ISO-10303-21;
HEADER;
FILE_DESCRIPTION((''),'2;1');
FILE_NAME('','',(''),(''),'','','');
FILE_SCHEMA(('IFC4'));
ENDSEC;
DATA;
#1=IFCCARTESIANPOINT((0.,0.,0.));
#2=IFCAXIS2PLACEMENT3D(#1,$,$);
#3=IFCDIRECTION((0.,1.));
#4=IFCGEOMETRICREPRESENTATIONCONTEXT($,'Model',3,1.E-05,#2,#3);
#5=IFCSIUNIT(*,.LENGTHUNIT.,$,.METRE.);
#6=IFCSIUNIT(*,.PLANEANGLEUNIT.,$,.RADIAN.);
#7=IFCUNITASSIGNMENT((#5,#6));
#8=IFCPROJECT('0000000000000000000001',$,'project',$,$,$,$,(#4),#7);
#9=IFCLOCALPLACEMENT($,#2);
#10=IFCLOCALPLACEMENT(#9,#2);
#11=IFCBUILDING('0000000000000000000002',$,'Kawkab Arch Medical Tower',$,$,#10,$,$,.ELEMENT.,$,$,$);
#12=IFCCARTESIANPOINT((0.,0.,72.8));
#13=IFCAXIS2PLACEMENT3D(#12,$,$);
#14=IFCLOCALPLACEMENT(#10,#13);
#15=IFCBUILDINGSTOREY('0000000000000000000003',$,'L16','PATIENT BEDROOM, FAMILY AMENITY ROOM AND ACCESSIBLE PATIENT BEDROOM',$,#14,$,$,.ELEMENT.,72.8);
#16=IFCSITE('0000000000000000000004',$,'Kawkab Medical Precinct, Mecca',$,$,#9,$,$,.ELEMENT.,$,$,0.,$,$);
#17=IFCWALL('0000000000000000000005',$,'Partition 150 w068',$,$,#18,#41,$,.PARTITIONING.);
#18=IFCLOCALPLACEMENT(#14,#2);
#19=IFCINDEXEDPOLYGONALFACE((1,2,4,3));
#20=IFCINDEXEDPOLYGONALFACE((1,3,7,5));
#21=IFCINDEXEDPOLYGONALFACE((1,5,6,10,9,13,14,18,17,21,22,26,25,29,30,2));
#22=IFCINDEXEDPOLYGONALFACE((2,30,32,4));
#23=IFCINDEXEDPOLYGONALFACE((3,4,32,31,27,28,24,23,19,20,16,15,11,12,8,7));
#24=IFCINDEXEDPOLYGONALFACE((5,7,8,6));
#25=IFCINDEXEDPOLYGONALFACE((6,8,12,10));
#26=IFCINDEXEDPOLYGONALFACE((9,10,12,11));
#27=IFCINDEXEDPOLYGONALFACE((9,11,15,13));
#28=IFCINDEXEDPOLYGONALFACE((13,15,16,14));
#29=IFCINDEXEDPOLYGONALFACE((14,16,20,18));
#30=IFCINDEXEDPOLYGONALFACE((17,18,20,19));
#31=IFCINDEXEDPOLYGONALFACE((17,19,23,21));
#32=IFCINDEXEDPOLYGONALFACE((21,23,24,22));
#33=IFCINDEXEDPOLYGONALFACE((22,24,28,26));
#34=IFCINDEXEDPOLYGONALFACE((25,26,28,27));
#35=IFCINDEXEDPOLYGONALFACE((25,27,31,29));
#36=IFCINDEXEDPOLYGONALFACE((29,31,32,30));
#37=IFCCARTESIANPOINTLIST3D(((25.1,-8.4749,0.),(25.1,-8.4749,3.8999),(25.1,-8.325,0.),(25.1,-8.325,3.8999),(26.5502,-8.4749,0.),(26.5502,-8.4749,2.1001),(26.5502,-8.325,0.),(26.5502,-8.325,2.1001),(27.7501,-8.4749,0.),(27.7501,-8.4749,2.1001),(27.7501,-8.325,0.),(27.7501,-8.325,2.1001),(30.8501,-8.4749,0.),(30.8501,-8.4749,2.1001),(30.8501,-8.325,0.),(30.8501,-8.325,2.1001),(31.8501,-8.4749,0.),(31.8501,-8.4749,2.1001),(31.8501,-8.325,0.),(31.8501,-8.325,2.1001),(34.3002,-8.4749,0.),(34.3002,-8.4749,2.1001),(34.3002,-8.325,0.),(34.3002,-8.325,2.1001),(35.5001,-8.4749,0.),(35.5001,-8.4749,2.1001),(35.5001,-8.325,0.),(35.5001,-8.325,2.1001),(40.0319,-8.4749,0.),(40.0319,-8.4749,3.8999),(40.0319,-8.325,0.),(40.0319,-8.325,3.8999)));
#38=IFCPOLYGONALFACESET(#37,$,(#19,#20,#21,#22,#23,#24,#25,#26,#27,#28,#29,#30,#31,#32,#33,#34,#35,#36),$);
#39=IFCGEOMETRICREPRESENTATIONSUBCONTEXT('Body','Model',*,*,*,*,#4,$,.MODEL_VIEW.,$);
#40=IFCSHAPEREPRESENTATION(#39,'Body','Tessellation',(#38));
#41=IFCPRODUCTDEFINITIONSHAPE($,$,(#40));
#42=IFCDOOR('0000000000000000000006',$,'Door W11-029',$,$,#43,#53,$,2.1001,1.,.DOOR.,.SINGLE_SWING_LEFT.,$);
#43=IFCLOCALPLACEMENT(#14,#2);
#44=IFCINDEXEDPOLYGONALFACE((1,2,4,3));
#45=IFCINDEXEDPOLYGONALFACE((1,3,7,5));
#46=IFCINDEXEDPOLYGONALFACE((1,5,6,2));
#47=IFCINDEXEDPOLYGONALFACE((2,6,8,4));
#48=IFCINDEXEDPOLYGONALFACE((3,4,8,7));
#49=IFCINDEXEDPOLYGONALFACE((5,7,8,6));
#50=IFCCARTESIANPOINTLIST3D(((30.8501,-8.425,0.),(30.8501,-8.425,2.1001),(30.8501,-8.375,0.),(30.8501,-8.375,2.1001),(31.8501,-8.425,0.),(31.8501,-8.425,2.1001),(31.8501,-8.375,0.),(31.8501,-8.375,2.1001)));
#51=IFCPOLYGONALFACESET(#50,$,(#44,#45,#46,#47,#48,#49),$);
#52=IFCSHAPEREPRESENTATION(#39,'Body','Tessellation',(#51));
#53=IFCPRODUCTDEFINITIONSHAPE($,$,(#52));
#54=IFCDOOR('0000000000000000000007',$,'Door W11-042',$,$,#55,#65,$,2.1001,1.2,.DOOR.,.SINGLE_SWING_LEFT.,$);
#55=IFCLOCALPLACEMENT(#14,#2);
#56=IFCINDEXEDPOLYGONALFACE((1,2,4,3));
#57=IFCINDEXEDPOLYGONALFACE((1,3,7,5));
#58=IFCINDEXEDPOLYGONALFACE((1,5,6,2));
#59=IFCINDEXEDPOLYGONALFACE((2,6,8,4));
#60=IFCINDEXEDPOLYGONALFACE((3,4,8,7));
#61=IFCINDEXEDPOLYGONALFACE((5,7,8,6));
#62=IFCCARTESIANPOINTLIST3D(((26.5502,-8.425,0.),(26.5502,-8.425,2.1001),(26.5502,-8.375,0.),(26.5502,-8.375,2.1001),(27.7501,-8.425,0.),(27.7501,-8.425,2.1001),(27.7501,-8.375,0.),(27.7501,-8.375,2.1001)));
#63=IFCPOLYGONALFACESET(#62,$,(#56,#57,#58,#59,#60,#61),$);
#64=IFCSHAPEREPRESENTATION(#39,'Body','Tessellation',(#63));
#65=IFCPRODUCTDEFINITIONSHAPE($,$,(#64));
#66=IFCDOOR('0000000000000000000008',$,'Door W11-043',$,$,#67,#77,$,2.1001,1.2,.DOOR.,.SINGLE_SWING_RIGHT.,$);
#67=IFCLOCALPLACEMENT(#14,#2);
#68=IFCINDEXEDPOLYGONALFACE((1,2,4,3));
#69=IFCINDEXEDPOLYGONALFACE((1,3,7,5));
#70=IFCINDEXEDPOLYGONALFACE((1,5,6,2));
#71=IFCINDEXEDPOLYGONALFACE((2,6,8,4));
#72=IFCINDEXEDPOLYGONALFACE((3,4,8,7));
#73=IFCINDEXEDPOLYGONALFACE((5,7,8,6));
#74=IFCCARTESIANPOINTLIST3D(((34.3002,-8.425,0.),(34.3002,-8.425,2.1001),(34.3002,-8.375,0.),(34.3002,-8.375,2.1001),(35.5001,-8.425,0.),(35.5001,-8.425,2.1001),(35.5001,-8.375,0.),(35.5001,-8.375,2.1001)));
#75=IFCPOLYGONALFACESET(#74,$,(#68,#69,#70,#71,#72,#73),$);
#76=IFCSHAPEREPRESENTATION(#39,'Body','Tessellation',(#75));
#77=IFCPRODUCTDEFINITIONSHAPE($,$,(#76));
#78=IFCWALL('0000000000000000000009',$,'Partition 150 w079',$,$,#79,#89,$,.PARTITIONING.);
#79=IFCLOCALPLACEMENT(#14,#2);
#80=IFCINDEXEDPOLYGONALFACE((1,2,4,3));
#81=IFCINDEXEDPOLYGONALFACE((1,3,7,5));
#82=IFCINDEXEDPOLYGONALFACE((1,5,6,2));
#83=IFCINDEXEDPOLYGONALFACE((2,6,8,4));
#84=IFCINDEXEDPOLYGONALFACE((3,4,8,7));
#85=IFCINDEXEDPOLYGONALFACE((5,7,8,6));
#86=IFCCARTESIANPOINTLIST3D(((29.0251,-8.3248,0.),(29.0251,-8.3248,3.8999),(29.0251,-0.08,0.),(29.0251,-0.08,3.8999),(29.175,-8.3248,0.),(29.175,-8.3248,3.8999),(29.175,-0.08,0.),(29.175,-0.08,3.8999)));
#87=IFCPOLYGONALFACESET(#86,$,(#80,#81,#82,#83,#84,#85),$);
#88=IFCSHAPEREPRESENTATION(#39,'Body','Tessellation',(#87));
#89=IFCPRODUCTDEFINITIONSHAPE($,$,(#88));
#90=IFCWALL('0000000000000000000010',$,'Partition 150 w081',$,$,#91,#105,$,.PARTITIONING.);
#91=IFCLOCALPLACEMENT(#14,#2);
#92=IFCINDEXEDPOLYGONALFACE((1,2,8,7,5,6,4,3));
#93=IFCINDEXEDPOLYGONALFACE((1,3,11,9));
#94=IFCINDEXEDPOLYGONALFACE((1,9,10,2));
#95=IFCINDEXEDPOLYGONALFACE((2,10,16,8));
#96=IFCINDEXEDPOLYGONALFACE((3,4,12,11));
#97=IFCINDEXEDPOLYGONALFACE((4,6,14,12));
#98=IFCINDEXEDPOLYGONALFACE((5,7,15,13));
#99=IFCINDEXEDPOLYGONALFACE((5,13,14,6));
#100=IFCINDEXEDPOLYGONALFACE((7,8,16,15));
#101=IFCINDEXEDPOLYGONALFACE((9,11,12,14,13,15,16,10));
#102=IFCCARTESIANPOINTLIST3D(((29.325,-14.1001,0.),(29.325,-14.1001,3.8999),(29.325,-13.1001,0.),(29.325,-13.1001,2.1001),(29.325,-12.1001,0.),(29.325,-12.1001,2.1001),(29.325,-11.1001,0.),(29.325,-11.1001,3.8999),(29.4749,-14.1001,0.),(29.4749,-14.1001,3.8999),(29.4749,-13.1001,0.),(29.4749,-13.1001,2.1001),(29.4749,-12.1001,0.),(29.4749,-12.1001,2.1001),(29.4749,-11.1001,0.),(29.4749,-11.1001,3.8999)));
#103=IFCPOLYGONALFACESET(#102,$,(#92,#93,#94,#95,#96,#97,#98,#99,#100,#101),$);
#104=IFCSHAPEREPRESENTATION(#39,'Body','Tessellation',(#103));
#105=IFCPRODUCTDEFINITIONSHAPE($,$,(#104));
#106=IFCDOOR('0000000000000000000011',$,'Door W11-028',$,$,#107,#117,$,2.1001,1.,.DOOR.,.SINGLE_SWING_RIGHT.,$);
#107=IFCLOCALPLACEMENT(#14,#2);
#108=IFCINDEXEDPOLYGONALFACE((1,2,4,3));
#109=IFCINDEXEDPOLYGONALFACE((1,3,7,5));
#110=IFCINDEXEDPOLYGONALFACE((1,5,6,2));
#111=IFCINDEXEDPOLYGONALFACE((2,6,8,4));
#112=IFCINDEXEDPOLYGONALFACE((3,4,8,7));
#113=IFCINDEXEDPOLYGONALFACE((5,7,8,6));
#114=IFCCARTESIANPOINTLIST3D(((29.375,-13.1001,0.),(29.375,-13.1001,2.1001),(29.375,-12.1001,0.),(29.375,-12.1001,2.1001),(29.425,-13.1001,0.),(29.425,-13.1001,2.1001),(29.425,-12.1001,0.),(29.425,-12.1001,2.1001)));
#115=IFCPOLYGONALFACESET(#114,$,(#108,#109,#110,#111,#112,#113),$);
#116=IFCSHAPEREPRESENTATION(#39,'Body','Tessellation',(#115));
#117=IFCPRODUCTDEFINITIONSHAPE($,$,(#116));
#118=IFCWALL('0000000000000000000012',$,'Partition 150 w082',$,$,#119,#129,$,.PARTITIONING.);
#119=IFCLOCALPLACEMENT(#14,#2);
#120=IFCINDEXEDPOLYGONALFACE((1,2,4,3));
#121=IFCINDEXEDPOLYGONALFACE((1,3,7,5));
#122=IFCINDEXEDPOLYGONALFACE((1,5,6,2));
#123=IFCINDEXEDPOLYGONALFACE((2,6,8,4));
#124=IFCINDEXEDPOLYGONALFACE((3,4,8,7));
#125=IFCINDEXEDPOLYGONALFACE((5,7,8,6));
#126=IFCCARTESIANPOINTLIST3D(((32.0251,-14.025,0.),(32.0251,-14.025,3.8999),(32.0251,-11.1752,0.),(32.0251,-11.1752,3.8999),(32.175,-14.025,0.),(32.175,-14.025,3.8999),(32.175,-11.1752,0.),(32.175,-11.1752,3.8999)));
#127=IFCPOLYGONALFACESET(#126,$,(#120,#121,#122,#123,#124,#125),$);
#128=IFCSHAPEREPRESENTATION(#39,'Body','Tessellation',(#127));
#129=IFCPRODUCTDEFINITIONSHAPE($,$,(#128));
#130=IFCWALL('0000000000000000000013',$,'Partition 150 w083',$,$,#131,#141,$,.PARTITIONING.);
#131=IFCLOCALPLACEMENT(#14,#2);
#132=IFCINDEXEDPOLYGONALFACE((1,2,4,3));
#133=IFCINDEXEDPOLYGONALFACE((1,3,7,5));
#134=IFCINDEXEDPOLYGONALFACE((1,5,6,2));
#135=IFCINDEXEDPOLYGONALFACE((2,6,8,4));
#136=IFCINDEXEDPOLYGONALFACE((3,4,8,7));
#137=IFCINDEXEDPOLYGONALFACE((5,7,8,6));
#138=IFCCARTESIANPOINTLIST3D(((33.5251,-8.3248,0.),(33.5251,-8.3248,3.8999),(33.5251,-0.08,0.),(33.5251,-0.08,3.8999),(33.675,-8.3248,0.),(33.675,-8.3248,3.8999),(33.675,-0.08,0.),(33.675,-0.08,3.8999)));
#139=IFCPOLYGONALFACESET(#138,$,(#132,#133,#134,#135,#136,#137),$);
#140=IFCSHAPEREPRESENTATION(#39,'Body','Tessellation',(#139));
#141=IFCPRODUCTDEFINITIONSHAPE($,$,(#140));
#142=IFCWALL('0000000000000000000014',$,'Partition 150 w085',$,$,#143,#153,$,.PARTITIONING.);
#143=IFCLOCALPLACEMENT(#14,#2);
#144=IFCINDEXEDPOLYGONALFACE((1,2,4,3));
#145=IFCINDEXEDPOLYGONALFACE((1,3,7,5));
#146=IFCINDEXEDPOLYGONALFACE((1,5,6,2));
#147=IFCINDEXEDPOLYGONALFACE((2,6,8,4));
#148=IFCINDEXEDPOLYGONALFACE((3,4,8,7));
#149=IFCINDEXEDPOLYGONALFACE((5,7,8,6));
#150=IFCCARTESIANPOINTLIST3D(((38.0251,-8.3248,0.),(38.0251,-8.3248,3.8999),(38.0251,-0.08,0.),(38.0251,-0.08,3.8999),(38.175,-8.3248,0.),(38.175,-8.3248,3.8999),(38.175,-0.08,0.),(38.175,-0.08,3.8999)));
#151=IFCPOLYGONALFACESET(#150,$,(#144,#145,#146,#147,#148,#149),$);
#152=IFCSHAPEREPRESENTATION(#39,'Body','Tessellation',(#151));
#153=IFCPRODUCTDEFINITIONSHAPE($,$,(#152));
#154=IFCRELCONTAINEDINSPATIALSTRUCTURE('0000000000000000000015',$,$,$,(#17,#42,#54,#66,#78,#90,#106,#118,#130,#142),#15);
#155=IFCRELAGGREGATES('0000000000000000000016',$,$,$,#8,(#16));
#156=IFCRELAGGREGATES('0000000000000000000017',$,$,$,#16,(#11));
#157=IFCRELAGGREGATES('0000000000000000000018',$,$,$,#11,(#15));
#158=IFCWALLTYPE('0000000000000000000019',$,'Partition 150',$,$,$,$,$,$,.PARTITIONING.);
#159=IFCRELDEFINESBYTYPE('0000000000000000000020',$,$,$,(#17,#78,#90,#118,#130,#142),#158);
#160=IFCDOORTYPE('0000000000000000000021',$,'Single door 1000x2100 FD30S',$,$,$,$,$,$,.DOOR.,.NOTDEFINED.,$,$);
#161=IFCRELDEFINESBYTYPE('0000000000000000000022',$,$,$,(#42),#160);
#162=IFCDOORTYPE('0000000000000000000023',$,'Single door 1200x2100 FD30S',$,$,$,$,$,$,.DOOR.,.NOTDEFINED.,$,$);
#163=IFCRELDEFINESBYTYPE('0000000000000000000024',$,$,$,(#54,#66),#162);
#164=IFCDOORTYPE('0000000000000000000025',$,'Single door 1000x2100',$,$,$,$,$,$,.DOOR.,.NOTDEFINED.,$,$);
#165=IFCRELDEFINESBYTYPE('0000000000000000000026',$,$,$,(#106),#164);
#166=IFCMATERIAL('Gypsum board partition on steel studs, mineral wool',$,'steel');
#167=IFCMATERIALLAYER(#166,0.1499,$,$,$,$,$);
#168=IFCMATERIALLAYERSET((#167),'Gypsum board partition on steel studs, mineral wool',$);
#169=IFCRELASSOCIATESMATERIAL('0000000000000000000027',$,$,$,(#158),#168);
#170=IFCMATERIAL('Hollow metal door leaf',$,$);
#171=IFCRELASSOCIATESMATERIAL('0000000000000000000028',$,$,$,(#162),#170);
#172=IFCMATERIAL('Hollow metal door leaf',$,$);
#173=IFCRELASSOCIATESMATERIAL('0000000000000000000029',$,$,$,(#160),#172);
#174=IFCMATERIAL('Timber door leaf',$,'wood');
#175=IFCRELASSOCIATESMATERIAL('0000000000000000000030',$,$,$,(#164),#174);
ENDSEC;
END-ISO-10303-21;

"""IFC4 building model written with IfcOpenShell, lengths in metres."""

from ifc_helpers import new_model, si_unit, direction, frame, frame_2d, origin, place, context, subcontext, project, spatial, rectangle, extrude, material, layer, layer_set, type_object, element, fill, save


model = new_model("IFC4")

# Units and contexts
model_context = context("Model", 3, precision=1e-05, world=origin(), true_north=direction((0.0, 1.0)))
body_context = subcontext(model_context, "Body", "Model", "MODEL_VIEW")
ifc_project = project(units=[si_unit("LENGTHUNIT", "METRE"), si_unit("PLANEANGLEUNIT", "RADIAN")], contexts=[model_context])

# Site, building, storey
site_placement = place(None, origin())
site = spatial("IfcSite", under=ifc_project, at=site_placement, Name="Kawkab Medical Precinct, Mecca", CompositionType="ELEMENT", RefElevation=0.0)
building_placement = place(site_placement, origin())
building = spatial("IfcBuilding", under=site, at=building_placement, Name="Kawkab Arch Medical Tower", CompositionType="ELEMENT")
storey_placement = place(building_placement, frame((0.0, 0.0, 72.8)))
storey = spatial("IfcBuildingStorey", under=building, at=storey_placement, Name="L16", Description="PATIENT BEDROOM, FAMILY AMENITY ROOM AND ACCESSIBLE PATIENT BEDROOM", CompositionType="ELEMENT", Elevation=72.8)

# Shared definitions
ifc_material_1 = material(Name="Gypsum board partition on steel studs, mineral wool", Category="steel")
ifc_layer_1 = layer(ifc_material_1, 0.1499)
ifc_layer_set_1 = layer_set([ifc_layer_1], Name="Gypsum board partition on steel studs, mineral wool")
wall_type_1 = type_object("IfcWallType", Name="Partition 150", PredefinedType="PARTITIONING", material=ifc_layer_set_1)
ifc_material_2 = material(Name="Hollow metal door leaf")
door_type_1 = type_object("IfcDoorType", Name="Single door 1200x2100 FD30S", OperationType="NOTDEFINED", PredefinedType="DOOR", material=ifc_material_2)

# Wall, openings, doors
wall_1_placement = place(storey_placement, frame((25.1001, -8.3999, 0.0), z_axis=(0.0, 0.0, 1.0), x_axis=(1.0, 0.0, 0.0)))
wall_1 = element("IfcWall", 1, at=wall_1_placement, inside=storey, type_object=wall_type_1, Name="Partition 150 w068", PredefinedType="PARTITIONING", context=body_context, shape_type="SweptSolid", body=[
    extrude(rectangle(XDim=14.9319, YDim=0.1499, at=frame_2d((7.4658, 0.0))), origin(), (0.0, 0.0, 1.0), 3.8999),
])
opening_1_placement = place(wall_1_placement, frame((1.45, 0.0, 0.0)))
opening_1 = element("IfcOpeningElement", 2, at=opening_1_placement, cuts=wall_1, PredefinedType="OPENING", context=body_context, shape_type="SweptSolid", body=[
    extrude(rectangle(XDim=1.2, YDim=2.1001, at=frame_2d((0.6001, 1.05))), frame((0.0, 0.085, 0.0), z_axis=(0.0, -1.0, 0.0), x_axis=(1.0, 0.0, 0.0)), (0.0, 0.0, 1.0), 0.1699),
])
opening_2_placement = place(wall_1_placement, frame((5.75, 0.0, 0.0)))
opening_2 = element("IfcOpeningElement", 3, at=opening_2_placement, cuts=wall_1, PredefinedType="OPENING", context=body_context, shape_type="SweptSolid", body=[
    extrude(rectangle(XDim=1.0, YDim=2.1001, at=frame_2d((0.5, 1.05))), frame((0.0, 0.085, 0.0), z_axis=(0.0, -1.0, 0.0), x_axis=(1.0, 0.0, 0.0)), (0.0, 0.0, 1.0), 0.1699),
])
opening_3_placement = place(wall_1_placement, frame((9.2, 0.0, 0.0)))
opening_3 = element("IfcOpeningElement", 4, at=opening_3_placement, cuts=wall_1, PredefinedType="OPENING", context=body_context, shape_type="SweptSolid", body=[
    extrude(rectangle(XDim=1.2, YDim=2.1001, at=frame_2d((0.6001, 1.05))), frame((0.0, 0.085, 0.0), z_axis=(0.0, -1.0, 0.0), x_axis=(1.0, 0.0, 0.0)), (0.0, 0.0, 1.0), 0.1699),
])
ifc_material_3 = material(Name="Hollow metal door leaf")
door_type_2 = type_object("IfcDoorType", Name="Single door 1000x2100 FD30S", OperationType="NOTDEFINED", PredefinedType="DOOR", material=ifc_material_3)
door_1_placement = place(opening_2_placement, origin())
door_1 = element("IfcDoor", 5, at=door_1_placement, inside=storey, type_object=door_type_2, Name="Door W11-029", OperationType="SINGLE_SWING_LEFT", OverallHeight=2.1001, OverallWidth=1.0, PredefinedType="DOOR", context=body_context, shape_type="SweptSolid", body=[
    extrude(rectangle(XDim=1.0, YDim=2.1001, at=frame_2d((0.5, 1.05))), frame((0.0, 0.0249, 0.0), z_axis=(0.0, -1.0, 0.0), x_axis=(1.0, 0.0, 0.0)), (0.0, 0.0, 1.0), 0.05),
])
fill(opening_2, door_1)
door_2_placement = place(opening_1_placement, origin())
door_2 = element("IfcDoor", 6, at=door_2_placement, inside=storey, type_object=door_type_1, Name="Door W11-042", OperationType="SINGLE_SWING_LEFT", OverallHeight=2.1001, OverallWidth=1.2, PredefinedType="DOOR", context=body_context, shape_type="SweptSolid", body=[
    extrude(rectangle(XDim=1.2, YDim=2.1001, at=frame_2d((0.6001, 1.05))), frame((0.0, 0.0249, 0.0), z_axis=(0.0, -1.0, 0.0), x_axis=(1.0, 0.0, 0.0)), (0.0, 0.0, 1.0), 0.05),
])
fill(opening_1, door_2)
door_3_placement = place(opening_3_placement, origin())
door_3 = element("IfcDoor", 7, at=door_3_placement, inside=storey, type_object=door_type_1, Name="Door W11-043", OperationType="SINGLE_SWING_RIGHT", OverallHeight=2.1001, OverallWidth=1.2, PredefinedType="DOOR", context=body_context, shape_type="SweptSolid", body=[
    extrude(rectangle(XDim=1.2, YDim=2.1001, at=frame_2d((0.6001, 1.05))), frame((0.0, 0.0249, 0.0), z_axis=(0.0, -1.0, 0.0), x_axis=(1.0, 0.0, 0.0)), (0.0, 0.0, 1.0), 0.05),
])
fill(opening_3, door_3)

# Wall
wall_2_placement = place(storey_placement, frame((29.1001, -8.325, 0.0), z_axis=(0.0, 0.0, 1.0), x_axis=(0.0, 1.0, 0.0)))
element("IfcWall", 8, at=wall_2_placement, inside=storey, type_object=wall_type_1, Name="Partition 150 w079", PredefinedType="PARTITIONING", context=body_context, shape_type="SweptSolid", body=[
    extrude(rectangle(XDim=8.2449, YDim=0.1499, at=frame_2d((4.1226, 0.0))), origin(), (0.0, 0.0, 1.0), 3.8999),
])

# Wall, opening, door
wall_3_placement = place(storey_placement, frame((29.3999, -14.1001, 0.0), z_axis=(0.0, 0.0, 1.0), x_axis=(0.0, 1.0, 0.0)))
wall_3 = element("IfcWall", 9, at=wall_3_placement, inside=storey, type_object=wall_type_1, Name="Partition 150 w081", PredefinedType="PARTITIONING", context=body_context, shape_type="SweptSolid", body=[
    extrude(rectangle(XDim=3.0, YDim=0.1499, at=frame_2d((1.5, 0.0))), origin(), (0.0, 0.0, 1.0), 3.8999),
])
opening_4_placement = place(wall_3_placement, frame((1.0, 0.0, 0.0)))
opening_4 = element("IfcOpeningElement", 10, at=opening_4_placement, cuts=wall_3, PredefinedType="OPENING", context=body_context, shape_type="SweptSolid", body=[
    extrude(rectangle(XDim=1.0, YDim=2.1001, at=frame_2d((0.5, 1.05))), frame((0.0, 0.085, 0.0), z_axis=(0.0, -1.0, 0.0), x_axis=(1.0, 0.0, 0.0)), (0.0, 0.0, 1.0), 0.1699),
])
ifc_material_4 = material(Name="Timber door leaf", Category="wood")
door_type_3 = type_object("IfcDoorType", Name="Single door 1000x2100", OperationType="NOTDEFINED", PredefinedType="DOOR", material=ifc_material_4)
door_4_placement = place(opening_4_placement, origin())
door_4 = element("IfcDoor", 11, at=door_4_placement, inside=storey, type_object=door_type_3, Name="Door W11-028", OperationType="SINGLE_SWING_RIGHT", OverallHeight=2.1001, OverallWidth=1.0, PredefinedType="DOOR", context=body_context, shape_type="SweptSolid", body=[
    extrude(rectangle(XDim=1.0, YDim=2.1001, at=frame_2d((0.5, 1.05))), frame((0.0, 0.0249, 0.0), z_axis=(0.0, -1.0, 0.0), x_axis=(1.0, 0.0, 0.0)), (0.0, 0.0, 1.0), 0.05),
])
fill(opening_4, door_4)

# Walls
wall_4_placement = place(storey_placement, frame((32.1001, -14.0249, 0.0), z_axis=(0.0, 0.0, 1.0), x_axis=(0.0, 1.0, 0.0)))
element("IfcWall", 12, at=wall_4_placement, inside=storey, type_object=wall_type_1, Name="Partition 150 w082", PredefinedType="PARTITIONING", context=body_context, shape_type="SweptSolid", body=[
    extrude(rectangle(XDim=2.8499, YDim=0.1499, at=frame_2d((1.4248, 0.0))), origin(), (0.0, 0.0, 1.0), 3.8999),
])
for number, where, z_axis, x_axis, name in (
    (13, (33.6001, -8.325, 0.0), (0.0, 0.0, 1.0), (0.0, 1.0, 0.0), "Partition 150 w083"),
    (14, (38.1001, -8.325, 0.0), (0.0, 0.0, 1.0), (0.0, 1.0, 0.0), "Partition 150 w085"),
):
    element("IfcWall", number, at=place(storey_placement, frame(where, z_axis=z_axis, x_axis=x_axis)), inside=storey, type_object=wall_type_1, Name=name, PredefinedType="PARTITIONING", context=body_context, shape_type="SweptSolid", body=[
        extrude(rectangle(XDim=8.2449, YDim=0.1499, at=frame_2d((4.1226, 0.0))), origin(), (0.0, 0.0, 1.0), 3.8999),
    ])

save(model, "model.ifc")
